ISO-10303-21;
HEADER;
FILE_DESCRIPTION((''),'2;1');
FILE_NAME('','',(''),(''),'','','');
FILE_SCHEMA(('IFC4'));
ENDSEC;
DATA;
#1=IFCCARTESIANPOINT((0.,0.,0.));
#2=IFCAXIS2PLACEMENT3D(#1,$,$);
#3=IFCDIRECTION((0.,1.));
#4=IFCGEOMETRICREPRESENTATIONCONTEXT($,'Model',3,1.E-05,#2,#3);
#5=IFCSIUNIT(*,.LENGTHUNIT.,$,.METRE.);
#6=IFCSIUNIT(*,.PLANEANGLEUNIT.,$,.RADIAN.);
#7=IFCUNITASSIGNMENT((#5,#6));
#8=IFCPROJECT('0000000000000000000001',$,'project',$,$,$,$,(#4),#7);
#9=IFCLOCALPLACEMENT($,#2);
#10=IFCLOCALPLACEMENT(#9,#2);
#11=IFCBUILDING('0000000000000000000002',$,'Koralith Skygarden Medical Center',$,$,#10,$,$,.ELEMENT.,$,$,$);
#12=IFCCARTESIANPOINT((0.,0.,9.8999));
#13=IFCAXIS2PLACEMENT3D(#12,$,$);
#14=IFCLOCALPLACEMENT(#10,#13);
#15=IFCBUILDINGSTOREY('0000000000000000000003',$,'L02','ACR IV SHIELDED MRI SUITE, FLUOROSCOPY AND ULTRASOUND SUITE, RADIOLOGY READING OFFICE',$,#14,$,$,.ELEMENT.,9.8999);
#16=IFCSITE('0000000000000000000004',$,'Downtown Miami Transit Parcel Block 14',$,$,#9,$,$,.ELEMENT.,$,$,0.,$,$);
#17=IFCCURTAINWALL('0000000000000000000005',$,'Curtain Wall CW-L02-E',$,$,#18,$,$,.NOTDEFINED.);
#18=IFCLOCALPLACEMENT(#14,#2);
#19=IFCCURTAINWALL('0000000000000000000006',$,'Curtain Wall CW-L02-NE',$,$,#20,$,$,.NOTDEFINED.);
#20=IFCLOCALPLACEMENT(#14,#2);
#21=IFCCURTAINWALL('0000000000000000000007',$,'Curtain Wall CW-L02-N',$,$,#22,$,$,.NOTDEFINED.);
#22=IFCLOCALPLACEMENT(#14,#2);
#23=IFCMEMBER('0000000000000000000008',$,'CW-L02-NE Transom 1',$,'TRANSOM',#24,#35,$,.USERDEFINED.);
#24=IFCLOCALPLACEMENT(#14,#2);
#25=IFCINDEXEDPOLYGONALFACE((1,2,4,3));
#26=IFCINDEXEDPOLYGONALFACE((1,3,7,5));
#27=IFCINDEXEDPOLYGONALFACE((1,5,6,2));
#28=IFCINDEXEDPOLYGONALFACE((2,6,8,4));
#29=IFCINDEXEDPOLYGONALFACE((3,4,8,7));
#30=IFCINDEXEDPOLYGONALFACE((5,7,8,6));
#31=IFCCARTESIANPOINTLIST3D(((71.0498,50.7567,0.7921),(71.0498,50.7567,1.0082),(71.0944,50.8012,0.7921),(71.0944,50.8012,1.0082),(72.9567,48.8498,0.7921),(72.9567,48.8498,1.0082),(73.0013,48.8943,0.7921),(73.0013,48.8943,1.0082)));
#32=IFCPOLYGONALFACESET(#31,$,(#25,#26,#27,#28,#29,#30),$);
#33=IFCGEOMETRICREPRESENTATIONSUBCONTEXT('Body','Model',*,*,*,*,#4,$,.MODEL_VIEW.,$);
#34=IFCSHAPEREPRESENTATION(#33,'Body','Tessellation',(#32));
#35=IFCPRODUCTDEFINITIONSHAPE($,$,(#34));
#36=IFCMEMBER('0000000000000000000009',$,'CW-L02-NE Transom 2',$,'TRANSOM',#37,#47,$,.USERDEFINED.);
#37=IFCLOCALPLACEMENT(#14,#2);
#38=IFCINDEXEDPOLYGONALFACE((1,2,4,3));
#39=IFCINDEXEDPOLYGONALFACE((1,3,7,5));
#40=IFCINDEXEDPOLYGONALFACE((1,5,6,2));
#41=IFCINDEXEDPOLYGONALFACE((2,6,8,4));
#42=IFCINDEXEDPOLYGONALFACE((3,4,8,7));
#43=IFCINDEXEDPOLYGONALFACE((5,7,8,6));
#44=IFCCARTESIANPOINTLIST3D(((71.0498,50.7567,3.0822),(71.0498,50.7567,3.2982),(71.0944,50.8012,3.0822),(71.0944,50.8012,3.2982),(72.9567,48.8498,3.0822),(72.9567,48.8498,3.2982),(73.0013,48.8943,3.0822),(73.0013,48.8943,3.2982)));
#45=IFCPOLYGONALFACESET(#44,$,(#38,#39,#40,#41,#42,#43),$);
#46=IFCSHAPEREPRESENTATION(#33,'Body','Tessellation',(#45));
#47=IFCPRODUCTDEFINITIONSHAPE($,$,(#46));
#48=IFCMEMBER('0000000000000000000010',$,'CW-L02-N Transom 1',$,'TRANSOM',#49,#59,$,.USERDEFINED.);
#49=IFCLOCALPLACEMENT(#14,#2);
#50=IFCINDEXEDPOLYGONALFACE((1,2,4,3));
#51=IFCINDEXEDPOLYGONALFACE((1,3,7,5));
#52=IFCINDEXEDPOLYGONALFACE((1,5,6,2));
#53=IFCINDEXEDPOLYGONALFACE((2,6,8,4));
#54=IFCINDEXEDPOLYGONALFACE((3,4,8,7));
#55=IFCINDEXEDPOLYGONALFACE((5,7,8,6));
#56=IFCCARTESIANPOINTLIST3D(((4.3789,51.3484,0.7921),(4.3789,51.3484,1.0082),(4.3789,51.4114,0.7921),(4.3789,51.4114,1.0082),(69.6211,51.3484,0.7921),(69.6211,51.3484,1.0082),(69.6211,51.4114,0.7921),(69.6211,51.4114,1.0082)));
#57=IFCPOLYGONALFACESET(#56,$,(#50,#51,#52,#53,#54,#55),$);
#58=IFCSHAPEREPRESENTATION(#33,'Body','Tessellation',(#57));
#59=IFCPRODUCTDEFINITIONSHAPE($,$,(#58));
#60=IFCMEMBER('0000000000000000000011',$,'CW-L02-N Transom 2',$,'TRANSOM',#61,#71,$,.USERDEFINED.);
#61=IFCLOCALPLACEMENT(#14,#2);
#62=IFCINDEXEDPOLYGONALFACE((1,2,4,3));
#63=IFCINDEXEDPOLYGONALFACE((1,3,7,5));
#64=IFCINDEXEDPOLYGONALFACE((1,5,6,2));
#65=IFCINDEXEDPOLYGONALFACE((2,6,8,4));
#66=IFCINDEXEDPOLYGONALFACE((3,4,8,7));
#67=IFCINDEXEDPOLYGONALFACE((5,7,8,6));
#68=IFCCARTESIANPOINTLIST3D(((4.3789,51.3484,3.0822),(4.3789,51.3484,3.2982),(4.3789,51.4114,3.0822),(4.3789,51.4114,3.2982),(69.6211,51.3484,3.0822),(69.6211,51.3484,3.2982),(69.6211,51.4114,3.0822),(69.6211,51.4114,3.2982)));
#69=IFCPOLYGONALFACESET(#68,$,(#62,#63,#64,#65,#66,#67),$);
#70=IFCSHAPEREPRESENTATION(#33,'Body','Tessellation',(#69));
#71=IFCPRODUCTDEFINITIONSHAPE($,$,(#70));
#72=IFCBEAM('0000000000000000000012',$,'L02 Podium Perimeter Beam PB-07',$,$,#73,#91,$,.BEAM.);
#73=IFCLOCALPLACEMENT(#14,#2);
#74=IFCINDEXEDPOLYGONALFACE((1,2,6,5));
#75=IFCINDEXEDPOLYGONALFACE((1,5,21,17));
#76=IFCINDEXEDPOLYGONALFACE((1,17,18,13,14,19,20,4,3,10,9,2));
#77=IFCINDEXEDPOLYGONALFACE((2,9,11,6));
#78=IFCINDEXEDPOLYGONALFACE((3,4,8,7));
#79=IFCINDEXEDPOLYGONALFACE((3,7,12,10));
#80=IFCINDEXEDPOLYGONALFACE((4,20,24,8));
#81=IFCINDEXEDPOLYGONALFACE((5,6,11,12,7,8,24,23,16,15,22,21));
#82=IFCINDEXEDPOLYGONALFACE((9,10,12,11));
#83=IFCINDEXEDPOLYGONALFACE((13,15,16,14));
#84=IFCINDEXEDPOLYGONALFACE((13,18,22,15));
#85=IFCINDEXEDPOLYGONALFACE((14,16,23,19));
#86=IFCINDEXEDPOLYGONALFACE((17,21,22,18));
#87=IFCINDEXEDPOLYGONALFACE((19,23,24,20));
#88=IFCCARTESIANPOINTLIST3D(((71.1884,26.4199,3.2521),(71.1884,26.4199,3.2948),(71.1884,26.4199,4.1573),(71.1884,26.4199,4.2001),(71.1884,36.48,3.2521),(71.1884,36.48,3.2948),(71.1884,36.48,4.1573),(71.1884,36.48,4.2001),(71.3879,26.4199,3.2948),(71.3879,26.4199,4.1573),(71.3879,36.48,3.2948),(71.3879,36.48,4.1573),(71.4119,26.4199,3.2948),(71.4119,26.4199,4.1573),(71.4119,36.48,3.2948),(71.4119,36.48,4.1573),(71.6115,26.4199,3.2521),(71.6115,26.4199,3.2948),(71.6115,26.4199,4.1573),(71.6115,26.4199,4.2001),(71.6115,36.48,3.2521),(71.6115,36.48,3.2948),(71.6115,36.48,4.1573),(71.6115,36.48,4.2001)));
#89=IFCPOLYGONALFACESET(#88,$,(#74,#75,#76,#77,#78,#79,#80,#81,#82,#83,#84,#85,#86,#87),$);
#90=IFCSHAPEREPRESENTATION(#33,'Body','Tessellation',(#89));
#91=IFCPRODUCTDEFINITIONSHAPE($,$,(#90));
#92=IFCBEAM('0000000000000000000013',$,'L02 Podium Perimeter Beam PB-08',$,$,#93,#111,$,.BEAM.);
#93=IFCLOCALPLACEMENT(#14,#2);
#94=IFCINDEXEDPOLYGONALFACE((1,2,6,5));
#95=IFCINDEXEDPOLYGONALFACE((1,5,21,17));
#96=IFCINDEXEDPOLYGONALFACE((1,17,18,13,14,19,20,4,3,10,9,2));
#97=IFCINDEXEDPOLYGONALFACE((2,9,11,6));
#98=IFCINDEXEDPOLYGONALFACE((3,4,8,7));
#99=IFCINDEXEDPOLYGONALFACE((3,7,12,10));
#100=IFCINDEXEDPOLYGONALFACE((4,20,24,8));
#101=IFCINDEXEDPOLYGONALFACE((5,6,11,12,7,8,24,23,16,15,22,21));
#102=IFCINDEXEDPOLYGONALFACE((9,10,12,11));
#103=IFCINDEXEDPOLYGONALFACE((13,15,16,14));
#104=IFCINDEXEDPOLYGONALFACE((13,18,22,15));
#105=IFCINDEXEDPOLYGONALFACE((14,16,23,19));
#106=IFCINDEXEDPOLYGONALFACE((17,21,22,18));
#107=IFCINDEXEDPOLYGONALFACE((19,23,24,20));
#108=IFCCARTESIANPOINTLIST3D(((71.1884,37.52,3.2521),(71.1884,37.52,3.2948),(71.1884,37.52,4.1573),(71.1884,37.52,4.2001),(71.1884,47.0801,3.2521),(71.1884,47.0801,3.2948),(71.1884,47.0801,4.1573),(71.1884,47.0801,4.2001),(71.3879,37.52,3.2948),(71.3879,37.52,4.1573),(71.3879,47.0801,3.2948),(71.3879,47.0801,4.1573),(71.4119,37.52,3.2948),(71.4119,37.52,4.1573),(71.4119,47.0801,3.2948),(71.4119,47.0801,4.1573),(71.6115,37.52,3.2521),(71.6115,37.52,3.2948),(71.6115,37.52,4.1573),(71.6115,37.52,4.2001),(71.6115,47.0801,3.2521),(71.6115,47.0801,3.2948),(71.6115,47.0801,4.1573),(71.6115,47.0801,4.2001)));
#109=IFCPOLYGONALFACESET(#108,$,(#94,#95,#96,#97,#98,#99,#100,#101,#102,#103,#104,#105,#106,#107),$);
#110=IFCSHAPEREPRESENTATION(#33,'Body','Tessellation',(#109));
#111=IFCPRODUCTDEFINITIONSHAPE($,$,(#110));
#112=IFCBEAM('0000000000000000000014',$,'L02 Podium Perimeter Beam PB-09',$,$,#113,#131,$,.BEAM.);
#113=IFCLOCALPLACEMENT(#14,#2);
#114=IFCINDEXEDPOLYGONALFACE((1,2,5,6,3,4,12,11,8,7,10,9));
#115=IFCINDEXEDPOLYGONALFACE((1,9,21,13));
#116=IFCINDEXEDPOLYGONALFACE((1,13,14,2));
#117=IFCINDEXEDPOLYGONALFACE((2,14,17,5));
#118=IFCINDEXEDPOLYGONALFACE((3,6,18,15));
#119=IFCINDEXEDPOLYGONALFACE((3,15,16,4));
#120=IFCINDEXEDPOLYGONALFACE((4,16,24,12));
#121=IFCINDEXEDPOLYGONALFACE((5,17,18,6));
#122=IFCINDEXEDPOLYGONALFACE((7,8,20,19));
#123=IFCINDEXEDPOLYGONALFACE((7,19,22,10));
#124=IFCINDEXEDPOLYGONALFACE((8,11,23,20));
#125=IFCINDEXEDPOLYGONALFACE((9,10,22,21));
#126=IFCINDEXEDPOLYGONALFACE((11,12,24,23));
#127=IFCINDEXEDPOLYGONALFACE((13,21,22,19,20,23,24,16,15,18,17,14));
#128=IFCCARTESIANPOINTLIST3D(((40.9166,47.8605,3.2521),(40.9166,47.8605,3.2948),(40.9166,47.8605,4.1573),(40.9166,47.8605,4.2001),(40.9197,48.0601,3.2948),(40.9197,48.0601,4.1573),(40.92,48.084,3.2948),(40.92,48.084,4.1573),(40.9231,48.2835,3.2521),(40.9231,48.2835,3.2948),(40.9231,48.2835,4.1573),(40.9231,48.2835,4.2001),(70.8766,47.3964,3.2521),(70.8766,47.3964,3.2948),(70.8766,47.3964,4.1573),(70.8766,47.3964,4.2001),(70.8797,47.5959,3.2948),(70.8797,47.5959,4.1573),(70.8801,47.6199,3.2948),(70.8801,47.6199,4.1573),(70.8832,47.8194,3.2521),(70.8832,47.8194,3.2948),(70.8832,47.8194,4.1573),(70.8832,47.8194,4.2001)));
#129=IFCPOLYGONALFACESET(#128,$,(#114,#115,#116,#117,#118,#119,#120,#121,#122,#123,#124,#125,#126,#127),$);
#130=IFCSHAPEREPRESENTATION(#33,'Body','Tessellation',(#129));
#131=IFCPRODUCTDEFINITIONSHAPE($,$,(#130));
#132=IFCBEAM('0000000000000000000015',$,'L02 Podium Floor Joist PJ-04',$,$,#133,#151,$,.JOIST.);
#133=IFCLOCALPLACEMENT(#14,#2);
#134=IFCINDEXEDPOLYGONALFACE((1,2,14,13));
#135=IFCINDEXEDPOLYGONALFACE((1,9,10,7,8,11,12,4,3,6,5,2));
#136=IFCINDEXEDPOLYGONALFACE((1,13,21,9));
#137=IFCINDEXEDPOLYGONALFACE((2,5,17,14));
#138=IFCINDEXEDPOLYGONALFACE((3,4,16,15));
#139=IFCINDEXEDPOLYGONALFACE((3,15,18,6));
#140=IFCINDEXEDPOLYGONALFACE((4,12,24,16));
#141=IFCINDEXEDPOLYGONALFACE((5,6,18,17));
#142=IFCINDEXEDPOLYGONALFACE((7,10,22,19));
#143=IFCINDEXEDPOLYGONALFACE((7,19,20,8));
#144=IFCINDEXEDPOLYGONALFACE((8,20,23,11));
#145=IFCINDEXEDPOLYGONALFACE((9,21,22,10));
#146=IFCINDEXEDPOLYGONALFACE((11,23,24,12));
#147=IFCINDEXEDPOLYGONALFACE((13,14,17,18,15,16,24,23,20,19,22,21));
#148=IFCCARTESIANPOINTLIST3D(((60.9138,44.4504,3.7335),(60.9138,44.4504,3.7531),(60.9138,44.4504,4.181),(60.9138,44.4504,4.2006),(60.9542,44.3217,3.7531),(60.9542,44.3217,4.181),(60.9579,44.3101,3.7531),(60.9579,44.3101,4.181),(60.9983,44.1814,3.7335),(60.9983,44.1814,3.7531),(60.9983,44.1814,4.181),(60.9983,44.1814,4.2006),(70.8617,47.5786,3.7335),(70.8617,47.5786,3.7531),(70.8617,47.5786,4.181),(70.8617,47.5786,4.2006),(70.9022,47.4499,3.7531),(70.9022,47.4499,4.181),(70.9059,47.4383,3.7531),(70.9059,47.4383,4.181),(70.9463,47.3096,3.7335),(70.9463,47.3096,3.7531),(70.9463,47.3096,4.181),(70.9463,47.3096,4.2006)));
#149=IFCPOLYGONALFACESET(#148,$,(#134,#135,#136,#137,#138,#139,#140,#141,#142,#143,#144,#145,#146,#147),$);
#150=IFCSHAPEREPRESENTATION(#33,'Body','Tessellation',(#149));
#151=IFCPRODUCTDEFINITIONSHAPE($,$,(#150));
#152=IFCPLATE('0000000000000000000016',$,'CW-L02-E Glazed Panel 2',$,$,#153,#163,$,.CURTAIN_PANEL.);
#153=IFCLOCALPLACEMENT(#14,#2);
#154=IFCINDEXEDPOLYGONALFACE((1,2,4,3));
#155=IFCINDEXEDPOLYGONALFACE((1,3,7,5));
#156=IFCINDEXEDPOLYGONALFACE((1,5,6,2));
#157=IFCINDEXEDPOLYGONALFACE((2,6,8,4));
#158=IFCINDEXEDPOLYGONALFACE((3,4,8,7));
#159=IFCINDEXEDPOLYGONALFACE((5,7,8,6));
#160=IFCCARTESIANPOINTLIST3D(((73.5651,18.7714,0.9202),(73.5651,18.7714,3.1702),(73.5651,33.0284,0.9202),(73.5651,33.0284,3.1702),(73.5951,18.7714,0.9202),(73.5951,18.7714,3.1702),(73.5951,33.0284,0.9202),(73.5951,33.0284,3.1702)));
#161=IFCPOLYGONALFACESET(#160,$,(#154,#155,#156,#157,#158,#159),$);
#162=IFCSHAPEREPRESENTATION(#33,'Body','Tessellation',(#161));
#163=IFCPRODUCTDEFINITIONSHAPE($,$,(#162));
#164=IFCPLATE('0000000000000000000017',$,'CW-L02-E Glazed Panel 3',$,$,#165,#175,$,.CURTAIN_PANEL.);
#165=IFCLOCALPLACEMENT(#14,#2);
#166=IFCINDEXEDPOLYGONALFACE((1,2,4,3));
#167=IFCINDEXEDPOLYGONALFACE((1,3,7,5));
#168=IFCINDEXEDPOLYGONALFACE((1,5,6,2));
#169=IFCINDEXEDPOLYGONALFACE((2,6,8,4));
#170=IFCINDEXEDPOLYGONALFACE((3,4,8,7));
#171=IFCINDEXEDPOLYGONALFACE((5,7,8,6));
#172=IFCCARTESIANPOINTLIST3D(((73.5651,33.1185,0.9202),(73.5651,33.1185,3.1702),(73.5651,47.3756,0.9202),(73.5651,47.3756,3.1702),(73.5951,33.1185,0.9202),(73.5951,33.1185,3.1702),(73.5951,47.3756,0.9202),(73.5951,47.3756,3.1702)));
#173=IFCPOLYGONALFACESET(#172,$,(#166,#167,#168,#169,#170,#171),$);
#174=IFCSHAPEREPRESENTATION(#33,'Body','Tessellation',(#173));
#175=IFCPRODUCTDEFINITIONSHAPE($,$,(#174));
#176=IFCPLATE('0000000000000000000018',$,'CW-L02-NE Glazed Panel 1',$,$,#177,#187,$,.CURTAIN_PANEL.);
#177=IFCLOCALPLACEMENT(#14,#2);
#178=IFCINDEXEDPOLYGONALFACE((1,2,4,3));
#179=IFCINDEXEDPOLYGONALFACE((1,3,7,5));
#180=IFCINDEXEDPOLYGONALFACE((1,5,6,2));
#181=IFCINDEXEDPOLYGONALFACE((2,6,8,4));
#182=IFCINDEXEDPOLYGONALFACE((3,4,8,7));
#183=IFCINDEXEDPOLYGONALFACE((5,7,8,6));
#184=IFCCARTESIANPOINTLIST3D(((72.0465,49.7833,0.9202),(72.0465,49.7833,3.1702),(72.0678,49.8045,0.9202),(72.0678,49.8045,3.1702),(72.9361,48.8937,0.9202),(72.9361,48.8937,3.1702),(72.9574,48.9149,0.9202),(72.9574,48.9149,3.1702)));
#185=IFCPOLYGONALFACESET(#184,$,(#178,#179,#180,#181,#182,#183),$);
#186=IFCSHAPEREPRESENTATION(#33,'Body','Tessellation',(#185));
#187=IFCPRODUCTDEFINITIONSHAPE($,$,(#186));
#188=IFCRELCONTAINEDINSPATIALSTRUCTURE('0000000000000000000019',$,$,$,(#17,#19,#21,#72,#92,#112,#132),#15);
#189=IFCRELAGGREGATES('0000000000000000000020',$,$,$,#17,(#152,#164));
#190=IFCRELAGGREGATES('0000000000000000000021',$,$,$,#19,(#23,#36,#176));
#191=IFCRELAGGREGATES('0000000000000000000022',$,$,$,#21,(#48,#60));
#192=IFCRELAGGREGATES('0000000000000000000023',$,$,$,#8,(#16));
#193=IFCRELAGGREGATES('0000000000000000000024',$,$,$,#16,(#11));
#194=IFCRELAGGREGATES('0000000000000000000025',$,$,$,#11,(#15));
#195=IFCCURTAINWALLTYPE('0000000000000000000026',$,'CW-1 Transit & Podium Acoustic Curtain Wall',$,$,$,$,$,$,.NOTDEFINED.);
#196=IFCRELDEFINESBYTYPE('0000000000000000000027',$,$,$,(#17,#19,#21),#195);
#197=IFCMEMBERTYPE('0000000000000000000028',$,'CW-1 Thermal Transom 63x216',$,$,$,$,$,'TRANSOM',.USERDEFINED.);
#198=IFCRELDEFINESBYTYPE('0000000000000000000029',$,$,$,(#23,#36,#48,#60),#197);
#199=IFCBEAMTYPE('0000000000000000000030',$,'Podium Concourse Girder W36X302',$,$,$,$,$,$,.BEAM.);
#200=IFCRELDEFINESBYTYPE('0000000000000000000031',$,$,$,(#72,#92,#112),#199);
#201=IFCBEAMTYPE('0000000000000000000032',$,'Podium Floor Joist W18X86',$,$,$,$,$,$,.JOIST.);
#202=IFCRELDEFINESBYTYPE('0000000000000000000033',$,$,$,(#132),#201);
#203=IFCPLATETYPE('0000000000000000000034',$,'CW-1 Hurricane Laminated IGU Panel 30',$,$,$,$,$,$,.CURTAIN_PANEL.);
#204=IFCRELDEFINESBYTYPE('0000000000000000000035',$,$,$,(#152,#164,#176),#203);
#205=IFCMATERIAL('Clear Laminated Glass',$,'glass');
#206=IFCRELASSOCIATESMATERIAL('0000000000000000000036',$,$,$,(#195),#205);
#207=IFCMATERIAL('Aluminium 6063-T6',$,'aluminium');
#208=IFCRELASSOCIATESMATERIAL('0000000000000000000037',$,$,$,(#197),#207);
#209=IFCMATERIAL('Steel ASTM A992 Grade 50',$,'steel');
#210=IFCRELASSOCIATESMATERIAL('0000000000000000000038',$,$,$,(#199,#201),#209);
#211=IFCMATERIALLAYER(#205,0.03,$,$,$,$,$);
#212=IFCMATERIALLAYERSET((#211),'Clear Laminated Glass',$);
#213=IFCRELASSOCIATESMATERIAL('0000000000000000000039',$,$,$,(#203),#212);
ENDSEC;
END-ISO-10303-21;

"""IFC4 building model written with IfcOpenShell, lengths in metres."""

from ifc_helpers import new_model, si_unit, direction, frame, origin, origin_2d, place, context, subcontext, project, spatial, rectangle, i_section, extrude, material, layer, layer_set, material_profile, profile_set, type_object, element, aggregate, save


model = new_model("IFC4")

# Units and contexts
model_context = context("Model", 3, precision=1e-05, world=origin(), true_north=direction((0.0, 1.0)))
body_context = subcontext(model_context, "Body", "Model", "MODEL_VIEW")
ifc_project = project(units=[si_unit("LENGTHUNIT", "METRE"), si_unit("PLANEANGLEUNIT", "RADIAN")], contexts=[model_context])

# Site, building, storey
site_placement = place(None, origin())
site = spatial("IfcSite", under=ifc_project, at=site_placement, Name="Downtown Miami Transit Parcel Block 14", CompositionType="ELEMENT", RefElevation=0.0)
building_placement = place(site_placement, origin())
building = spatial("IfcBuilding", under=site, at=building_placement, Name="Koralith Skygarden Medical Center", CompositionType="ELEMENT")
storey_placement = place(building_placement, frame((0.0, 0.0, 9.8999)))
storey = spatial("IfcBuildingStorey", under=building, at=storey_placement, Name="L02", Description="ACR IV SHIELDED MRI SUITE, FLUOROSCOPY AND ULTRASOUND SUITE, RADIOLOGY READING OFFICE", CompositionType="ELEMENT", Elevation=9.8999)

# Curtain walls
ifc_material_1 = material(Name="Clear Laminated Glass", Category="glass")
curtain_wall_type = type_object("IfcCurtainWallType", Name="CW-1 Transit & Podium Acoustic Curtain Wall", PredefinedType="NOTDEFINED", material=ifc_material_1)
curtain_wall_1_placement = place(storey_placement, origin())
curtain_wall_1 = element("IfcCurtainWall", 1, at=curtain_wall_1_placement, inside=storey, type_object=curtain_wall_type, Name="Curtain Wall CW-L02-E", PredefinedType="NOTDEFINED")
ifc_material_2 = material(Name="Aluminium 6063-T6", Category="aluminium")
curtain_wall_2_placement = place(storey_placement, origin())
curtain_wall_2 = element("IfcCurtainWall", 2, at=curtain_wall_2_placement, inside=storey, type_object=curtain_wall_type, Name="Curtain Wall CW-L02-NE", PredefinedType="NOTDEFINED")

# Curtain wall
curtain_wall_3_placement = place(storey_placement, origin())
curtain_wall_3 = element("IfcCurtainWall", 3, at=curtain_wall_3_placement, inside=storey, type_object=curtain_wall_type, Name="Curtain Wall CW-L02-N", PredefinedType="NOTDEFINED")

# Members
ifc_material_profile_1 = material_profile(ifc_material_2, rectangle(XDim=0.063, YDim=0.2161, at=origin_2d()), Name="TRN63X216")
ifc_profile_set_1 = profile_set([ifc_material_profile_1], Name="Aluminium 6063-T6")
member_type_1 = type_object("IfcMemberType", Name="CW-1 Thermal Transom 63x216", ElementType="TRANSOM", PredefinedType="USERDEFINED", material=ifc_profile_set_1)
member_1_placement = place(storey_placement, frame((72.979, 48.8721, 0.9001), z_axis=(-0.707107, 0.707107, 0.0), x_axis=(-0.707107, -0.707107, 0.0)))
member_1 = element("IfcMember", 4, at=member_1_placement, type_object=member_type_1, Name="CW-L02-NE Transom 1", ObjectType="TRANSOM", PredefinedType="USERDEFINED", context=body_context, shape_type="SweptSolid", body=[
    extrude(rectangle(XDim=0.063, YDim=0.2161, at=origin_2d()), origin(), (0.0, 0.0, 1.0), 2.6968),
])
member_2_placement = place(storey_placement, frame((72.979, 48.8721, 3.1902), z_axis=(-0.707107, 0.707107, 0.0), x_axis=(-0.707107, -0.707107, 0.0)))
member_2 = element("IfcMember", 5, at=member_2_placement, type_object=member_type_1, Name="CW-L02-NE Transom 2", ObjectType="TRANSOM", PredefinedType="USERDEFINED", context=body_context, shape_type="SweptSolid", body=[
    extrude(rectangle(XDim=0.063, YDim=0.2161, at=origin_2d()), origin(), (0.0, 0.0, 1.0), 2.6968),
])
member_3_placement = place(storey_placement, frame((69.6211, 51.3799, 0.9001), z_axis=(-1.0, 0.0, 0.0), x_axis=(0.0, -1.0, 0.0)))
member_3 = element("IfcMember", 6, at=member_3_placement, type_object=member_type_1, Name="CW-L02-N Transom 1", ObjectType="TRANSOM", PredefinedType="USERDEFINED", context=body_context, shape_type="SweptSolid", body=[
    extrude(rectangle(XDim=0.063, YDim=0.2161, at=origin_2d()), origin(), (0.0, 0.0, 1.0), 65.2422),
])
member_4_placement = place(storey_placement, frame((69.6211, 51.3799, 3.1902), z_axis=(-1.0, 0.0, 0.0), x_axis=(0.0, -1.0, 0.0)))
member_4 = element("IfcMember", 7, at=member_4_placement, type_object=member_type_1, Name="CW-L02-N Transom 2", ObjectType="TRANSOM", PredefinedType="USERDEFINED", context=body_context, shape_type="SweptSolid", body=[
    extrude(rectangle(XDim=0.063, YDim=0.2161, at=origin_2d()), origin(), (0.0, 0.0, 1.0), 65.2422),
])

# Beams
ifc_material_3 = material(Name="Steel ASTM A992 Grade 50", Category="steel")
ifc_material_profile_2 = material_profile(ifc_material_3, i_section(OverallWidth=0.4231, OverallDepth=0.948, WebThickness=0.0239, FlangeThickness=0.0427, at=origin_2d()), Name="W36X302")
ifc_profile_set_2 = profile_set([ifc_material_profile_2], Name="Steel ASTM A992 Grade 50")
beam_type_1 = type_object("IfcBeamType", Name="Podium Concourse Girder W36X302", PredefinedType="BEAM", material=ifc_profile_set_2)
beam_1_placement = place(storey_placement, frame((71.3999, 26.4199, 3.7261), z_axis=(0.0, 1.0, 0.0), x_axis=(-1.0, 0.0, 0.0)))
element("IfcBeam", 8, at=beam_1_placement, inside=storey, type_object=beam_type_1, Name="L02 Podium Perimeter Beam PB-07", PredefinedType="BEAM", context=body_context, shape_type="SweptSolid", body=[
    extrude(i_section(OverallWidth=0.4231, OverallDepth=0.948, WebThickness=0.0239, FlangeThickness=0.0427, at=origin_2d()), origin(), (0.0, 0.0, 1.0), 10.0601),
])
beam_2_placement = place(storey_placement, frame((71.3999, 37.52, 3.7261), z_axis=(0.0, 1.0, 0.0), x_axis=(-1.0, 0.0, 0.0)))
element("IfcBeam", 9, at=beam_2_placement, inside=storey, type_object=beam_type_1, Name="L02 Podium Perimeter Beam PB-08", PredefinedType="BEAM", context=body_context, shape_type="SweptSolid", body=[
    extrude(i_section(OverallWidth=0.4231, OverallDepth=0.948, WebThickness=0.0239, FlangeThickness=0.0427, at=origin_2d()), origin(), (0.0, 0.0, 1.0), 9.5601),
])
beam_3_placement = place(storey_placement, frame((70.8799, 47.6079, 3.7261), z_axis=(-0.99988, 0.015489, 0.0), x_axis=(-0.015489, -0.99988, 0.0)))
element("IfcBeam", 10, at=beam_3_placement, inside=storey, type_object=beam_type_1, Name="L02 Podium Perimeter Beam PB-09", PredefinedType="BEAM", context=body_context, shape_type="SweptSolid", body=[
    extrude(i_section(OverallWidth=0.4231, OverallDepth=0.948, WebThickness=0.0239, FlangeThickness=0.0427, at=origin_2d()), origin(), (0.0, 0.0, 1.0), 29.9636),
])
ifc_material_profile_3 = material_profile(ifc_material_3, i_section(OverallWidth=0.282, OverallDepth=0.467, WebThickness=0.0122, FlangeThickness=0.0195, at=origin_2d()), Name="W18X86")
ifc_profile_set_3 = profile_set([ifc_material_profile_3], Name="Steel ASTM A992 Grade 50")
beam_type_2 = type_object("IfcBeamType", Name="Podium Floor Joist W18X86", PredefinedType="JOIST", material=ifc_profile_set_3)
beam_4_placement = place(storey_placement, frame((60.9561, 44.3159, 3.967), z_axis=(0.953948, 0.299971, 0.0), x_axis=(-0.299971, 0.953948, 0.0)))
element("IfcBeam", 11, at=beam_4_placement, inside=storey, type_object=beam_type_2, Name="L02 Podium Floor Joist PJ-04", PredefinedType="JOIST", context=body_context, shape_type="SweptSolid", body=[
    extrude(i_section(OverallWidth=0.282, OverallDepth=0.467, WebThickness=0.0122, FlangeThickness=0.0195, at=origin_2d()), origin(), (0.0, 0.0, 1.0), 10.4282),
])

# Plates
ifc_layer_1 = layer(ifc_material_1, 0.03)
ifc_layer_set_1 = layer_set([ifc_layer_1], Name="Clear Laminated Glass")
plate_type_1 = type_object("IfcPlateType", Name="CW-1 Hurricane Laminated IGU Panel 30", PredefinedType="CURTAIN_PANEL", material=ifc_layer_set_1)
plate_1_placement = place(storey_placement, frame((73.5801, 25.8999, 0.9202), z_axis=(0.0, 0.0, 1.0), x_axis=(0.0, 1.0, 0.0)))
plate_1 = element("IfcPlate", 12, at=plate_1_placement, type_object=plate_type_1, Name="CW-L02-E Glazed Panel 2", PredefinedType="CURTAIN_PANEL", context=body_context, shape_type="SweptSolid", body=[
    extrude(rectangle(XDim=14.2571, YDim=0.03, at=origin_2d()), origin(), (0.0, 0.0, 1.0), 2.25),
])
plate_2_placement = place(storey_placement, frame((73.5801, 40.2471, 0.9202), z_axis=(0.0, 0.0, 1.0), x_axis=(0.0, 1.0, 0.0)))
plate_2 = element("IfcPlate", 13, at=plate_2_placement, type_object=plate_type_1, Name="CW-L02-E Glazed Panel 3", PredefinedType="CURTAIN_PANEL", context=body_context, shape_type="SweptSolid", body=[
    extrude(rectangle(XDim=14.2571, YDim=0.03, at=origin_2d()), origin(), (0.0, 0.0, 1.0), 2.25),
])
aggregate(curtain_wall_1, [plate_1, plate_2])
plate_3_placement = place(storey_placement, frame((72.502, 49.3491, 0.9202), z_axis=(0.0, 0.0, 1.0), x_axis=(-0.707107, 0.707107, 0.0)))
plate_3 = element("IfcPlate", 14, at=plate_3_placement, type_object=plate_type_1, Name="CW-L02-NE Glazed Panel 1", PredefinedType="CURTAIN_PANEL", context=body_context, shape_type="SweptSolid", body=[
    extrude(rectangle(XDim=1.2581, YDim=0.03, at=origin_2d()), origin(), (0.0, 0.0, 1.0), 2.25),
])
aggregate(curtain_wall_2, [member_1, member_2, plate_3])
aggregate(curtain_wall_3, [member_3, member_4])

save(model, "model.ifc")
